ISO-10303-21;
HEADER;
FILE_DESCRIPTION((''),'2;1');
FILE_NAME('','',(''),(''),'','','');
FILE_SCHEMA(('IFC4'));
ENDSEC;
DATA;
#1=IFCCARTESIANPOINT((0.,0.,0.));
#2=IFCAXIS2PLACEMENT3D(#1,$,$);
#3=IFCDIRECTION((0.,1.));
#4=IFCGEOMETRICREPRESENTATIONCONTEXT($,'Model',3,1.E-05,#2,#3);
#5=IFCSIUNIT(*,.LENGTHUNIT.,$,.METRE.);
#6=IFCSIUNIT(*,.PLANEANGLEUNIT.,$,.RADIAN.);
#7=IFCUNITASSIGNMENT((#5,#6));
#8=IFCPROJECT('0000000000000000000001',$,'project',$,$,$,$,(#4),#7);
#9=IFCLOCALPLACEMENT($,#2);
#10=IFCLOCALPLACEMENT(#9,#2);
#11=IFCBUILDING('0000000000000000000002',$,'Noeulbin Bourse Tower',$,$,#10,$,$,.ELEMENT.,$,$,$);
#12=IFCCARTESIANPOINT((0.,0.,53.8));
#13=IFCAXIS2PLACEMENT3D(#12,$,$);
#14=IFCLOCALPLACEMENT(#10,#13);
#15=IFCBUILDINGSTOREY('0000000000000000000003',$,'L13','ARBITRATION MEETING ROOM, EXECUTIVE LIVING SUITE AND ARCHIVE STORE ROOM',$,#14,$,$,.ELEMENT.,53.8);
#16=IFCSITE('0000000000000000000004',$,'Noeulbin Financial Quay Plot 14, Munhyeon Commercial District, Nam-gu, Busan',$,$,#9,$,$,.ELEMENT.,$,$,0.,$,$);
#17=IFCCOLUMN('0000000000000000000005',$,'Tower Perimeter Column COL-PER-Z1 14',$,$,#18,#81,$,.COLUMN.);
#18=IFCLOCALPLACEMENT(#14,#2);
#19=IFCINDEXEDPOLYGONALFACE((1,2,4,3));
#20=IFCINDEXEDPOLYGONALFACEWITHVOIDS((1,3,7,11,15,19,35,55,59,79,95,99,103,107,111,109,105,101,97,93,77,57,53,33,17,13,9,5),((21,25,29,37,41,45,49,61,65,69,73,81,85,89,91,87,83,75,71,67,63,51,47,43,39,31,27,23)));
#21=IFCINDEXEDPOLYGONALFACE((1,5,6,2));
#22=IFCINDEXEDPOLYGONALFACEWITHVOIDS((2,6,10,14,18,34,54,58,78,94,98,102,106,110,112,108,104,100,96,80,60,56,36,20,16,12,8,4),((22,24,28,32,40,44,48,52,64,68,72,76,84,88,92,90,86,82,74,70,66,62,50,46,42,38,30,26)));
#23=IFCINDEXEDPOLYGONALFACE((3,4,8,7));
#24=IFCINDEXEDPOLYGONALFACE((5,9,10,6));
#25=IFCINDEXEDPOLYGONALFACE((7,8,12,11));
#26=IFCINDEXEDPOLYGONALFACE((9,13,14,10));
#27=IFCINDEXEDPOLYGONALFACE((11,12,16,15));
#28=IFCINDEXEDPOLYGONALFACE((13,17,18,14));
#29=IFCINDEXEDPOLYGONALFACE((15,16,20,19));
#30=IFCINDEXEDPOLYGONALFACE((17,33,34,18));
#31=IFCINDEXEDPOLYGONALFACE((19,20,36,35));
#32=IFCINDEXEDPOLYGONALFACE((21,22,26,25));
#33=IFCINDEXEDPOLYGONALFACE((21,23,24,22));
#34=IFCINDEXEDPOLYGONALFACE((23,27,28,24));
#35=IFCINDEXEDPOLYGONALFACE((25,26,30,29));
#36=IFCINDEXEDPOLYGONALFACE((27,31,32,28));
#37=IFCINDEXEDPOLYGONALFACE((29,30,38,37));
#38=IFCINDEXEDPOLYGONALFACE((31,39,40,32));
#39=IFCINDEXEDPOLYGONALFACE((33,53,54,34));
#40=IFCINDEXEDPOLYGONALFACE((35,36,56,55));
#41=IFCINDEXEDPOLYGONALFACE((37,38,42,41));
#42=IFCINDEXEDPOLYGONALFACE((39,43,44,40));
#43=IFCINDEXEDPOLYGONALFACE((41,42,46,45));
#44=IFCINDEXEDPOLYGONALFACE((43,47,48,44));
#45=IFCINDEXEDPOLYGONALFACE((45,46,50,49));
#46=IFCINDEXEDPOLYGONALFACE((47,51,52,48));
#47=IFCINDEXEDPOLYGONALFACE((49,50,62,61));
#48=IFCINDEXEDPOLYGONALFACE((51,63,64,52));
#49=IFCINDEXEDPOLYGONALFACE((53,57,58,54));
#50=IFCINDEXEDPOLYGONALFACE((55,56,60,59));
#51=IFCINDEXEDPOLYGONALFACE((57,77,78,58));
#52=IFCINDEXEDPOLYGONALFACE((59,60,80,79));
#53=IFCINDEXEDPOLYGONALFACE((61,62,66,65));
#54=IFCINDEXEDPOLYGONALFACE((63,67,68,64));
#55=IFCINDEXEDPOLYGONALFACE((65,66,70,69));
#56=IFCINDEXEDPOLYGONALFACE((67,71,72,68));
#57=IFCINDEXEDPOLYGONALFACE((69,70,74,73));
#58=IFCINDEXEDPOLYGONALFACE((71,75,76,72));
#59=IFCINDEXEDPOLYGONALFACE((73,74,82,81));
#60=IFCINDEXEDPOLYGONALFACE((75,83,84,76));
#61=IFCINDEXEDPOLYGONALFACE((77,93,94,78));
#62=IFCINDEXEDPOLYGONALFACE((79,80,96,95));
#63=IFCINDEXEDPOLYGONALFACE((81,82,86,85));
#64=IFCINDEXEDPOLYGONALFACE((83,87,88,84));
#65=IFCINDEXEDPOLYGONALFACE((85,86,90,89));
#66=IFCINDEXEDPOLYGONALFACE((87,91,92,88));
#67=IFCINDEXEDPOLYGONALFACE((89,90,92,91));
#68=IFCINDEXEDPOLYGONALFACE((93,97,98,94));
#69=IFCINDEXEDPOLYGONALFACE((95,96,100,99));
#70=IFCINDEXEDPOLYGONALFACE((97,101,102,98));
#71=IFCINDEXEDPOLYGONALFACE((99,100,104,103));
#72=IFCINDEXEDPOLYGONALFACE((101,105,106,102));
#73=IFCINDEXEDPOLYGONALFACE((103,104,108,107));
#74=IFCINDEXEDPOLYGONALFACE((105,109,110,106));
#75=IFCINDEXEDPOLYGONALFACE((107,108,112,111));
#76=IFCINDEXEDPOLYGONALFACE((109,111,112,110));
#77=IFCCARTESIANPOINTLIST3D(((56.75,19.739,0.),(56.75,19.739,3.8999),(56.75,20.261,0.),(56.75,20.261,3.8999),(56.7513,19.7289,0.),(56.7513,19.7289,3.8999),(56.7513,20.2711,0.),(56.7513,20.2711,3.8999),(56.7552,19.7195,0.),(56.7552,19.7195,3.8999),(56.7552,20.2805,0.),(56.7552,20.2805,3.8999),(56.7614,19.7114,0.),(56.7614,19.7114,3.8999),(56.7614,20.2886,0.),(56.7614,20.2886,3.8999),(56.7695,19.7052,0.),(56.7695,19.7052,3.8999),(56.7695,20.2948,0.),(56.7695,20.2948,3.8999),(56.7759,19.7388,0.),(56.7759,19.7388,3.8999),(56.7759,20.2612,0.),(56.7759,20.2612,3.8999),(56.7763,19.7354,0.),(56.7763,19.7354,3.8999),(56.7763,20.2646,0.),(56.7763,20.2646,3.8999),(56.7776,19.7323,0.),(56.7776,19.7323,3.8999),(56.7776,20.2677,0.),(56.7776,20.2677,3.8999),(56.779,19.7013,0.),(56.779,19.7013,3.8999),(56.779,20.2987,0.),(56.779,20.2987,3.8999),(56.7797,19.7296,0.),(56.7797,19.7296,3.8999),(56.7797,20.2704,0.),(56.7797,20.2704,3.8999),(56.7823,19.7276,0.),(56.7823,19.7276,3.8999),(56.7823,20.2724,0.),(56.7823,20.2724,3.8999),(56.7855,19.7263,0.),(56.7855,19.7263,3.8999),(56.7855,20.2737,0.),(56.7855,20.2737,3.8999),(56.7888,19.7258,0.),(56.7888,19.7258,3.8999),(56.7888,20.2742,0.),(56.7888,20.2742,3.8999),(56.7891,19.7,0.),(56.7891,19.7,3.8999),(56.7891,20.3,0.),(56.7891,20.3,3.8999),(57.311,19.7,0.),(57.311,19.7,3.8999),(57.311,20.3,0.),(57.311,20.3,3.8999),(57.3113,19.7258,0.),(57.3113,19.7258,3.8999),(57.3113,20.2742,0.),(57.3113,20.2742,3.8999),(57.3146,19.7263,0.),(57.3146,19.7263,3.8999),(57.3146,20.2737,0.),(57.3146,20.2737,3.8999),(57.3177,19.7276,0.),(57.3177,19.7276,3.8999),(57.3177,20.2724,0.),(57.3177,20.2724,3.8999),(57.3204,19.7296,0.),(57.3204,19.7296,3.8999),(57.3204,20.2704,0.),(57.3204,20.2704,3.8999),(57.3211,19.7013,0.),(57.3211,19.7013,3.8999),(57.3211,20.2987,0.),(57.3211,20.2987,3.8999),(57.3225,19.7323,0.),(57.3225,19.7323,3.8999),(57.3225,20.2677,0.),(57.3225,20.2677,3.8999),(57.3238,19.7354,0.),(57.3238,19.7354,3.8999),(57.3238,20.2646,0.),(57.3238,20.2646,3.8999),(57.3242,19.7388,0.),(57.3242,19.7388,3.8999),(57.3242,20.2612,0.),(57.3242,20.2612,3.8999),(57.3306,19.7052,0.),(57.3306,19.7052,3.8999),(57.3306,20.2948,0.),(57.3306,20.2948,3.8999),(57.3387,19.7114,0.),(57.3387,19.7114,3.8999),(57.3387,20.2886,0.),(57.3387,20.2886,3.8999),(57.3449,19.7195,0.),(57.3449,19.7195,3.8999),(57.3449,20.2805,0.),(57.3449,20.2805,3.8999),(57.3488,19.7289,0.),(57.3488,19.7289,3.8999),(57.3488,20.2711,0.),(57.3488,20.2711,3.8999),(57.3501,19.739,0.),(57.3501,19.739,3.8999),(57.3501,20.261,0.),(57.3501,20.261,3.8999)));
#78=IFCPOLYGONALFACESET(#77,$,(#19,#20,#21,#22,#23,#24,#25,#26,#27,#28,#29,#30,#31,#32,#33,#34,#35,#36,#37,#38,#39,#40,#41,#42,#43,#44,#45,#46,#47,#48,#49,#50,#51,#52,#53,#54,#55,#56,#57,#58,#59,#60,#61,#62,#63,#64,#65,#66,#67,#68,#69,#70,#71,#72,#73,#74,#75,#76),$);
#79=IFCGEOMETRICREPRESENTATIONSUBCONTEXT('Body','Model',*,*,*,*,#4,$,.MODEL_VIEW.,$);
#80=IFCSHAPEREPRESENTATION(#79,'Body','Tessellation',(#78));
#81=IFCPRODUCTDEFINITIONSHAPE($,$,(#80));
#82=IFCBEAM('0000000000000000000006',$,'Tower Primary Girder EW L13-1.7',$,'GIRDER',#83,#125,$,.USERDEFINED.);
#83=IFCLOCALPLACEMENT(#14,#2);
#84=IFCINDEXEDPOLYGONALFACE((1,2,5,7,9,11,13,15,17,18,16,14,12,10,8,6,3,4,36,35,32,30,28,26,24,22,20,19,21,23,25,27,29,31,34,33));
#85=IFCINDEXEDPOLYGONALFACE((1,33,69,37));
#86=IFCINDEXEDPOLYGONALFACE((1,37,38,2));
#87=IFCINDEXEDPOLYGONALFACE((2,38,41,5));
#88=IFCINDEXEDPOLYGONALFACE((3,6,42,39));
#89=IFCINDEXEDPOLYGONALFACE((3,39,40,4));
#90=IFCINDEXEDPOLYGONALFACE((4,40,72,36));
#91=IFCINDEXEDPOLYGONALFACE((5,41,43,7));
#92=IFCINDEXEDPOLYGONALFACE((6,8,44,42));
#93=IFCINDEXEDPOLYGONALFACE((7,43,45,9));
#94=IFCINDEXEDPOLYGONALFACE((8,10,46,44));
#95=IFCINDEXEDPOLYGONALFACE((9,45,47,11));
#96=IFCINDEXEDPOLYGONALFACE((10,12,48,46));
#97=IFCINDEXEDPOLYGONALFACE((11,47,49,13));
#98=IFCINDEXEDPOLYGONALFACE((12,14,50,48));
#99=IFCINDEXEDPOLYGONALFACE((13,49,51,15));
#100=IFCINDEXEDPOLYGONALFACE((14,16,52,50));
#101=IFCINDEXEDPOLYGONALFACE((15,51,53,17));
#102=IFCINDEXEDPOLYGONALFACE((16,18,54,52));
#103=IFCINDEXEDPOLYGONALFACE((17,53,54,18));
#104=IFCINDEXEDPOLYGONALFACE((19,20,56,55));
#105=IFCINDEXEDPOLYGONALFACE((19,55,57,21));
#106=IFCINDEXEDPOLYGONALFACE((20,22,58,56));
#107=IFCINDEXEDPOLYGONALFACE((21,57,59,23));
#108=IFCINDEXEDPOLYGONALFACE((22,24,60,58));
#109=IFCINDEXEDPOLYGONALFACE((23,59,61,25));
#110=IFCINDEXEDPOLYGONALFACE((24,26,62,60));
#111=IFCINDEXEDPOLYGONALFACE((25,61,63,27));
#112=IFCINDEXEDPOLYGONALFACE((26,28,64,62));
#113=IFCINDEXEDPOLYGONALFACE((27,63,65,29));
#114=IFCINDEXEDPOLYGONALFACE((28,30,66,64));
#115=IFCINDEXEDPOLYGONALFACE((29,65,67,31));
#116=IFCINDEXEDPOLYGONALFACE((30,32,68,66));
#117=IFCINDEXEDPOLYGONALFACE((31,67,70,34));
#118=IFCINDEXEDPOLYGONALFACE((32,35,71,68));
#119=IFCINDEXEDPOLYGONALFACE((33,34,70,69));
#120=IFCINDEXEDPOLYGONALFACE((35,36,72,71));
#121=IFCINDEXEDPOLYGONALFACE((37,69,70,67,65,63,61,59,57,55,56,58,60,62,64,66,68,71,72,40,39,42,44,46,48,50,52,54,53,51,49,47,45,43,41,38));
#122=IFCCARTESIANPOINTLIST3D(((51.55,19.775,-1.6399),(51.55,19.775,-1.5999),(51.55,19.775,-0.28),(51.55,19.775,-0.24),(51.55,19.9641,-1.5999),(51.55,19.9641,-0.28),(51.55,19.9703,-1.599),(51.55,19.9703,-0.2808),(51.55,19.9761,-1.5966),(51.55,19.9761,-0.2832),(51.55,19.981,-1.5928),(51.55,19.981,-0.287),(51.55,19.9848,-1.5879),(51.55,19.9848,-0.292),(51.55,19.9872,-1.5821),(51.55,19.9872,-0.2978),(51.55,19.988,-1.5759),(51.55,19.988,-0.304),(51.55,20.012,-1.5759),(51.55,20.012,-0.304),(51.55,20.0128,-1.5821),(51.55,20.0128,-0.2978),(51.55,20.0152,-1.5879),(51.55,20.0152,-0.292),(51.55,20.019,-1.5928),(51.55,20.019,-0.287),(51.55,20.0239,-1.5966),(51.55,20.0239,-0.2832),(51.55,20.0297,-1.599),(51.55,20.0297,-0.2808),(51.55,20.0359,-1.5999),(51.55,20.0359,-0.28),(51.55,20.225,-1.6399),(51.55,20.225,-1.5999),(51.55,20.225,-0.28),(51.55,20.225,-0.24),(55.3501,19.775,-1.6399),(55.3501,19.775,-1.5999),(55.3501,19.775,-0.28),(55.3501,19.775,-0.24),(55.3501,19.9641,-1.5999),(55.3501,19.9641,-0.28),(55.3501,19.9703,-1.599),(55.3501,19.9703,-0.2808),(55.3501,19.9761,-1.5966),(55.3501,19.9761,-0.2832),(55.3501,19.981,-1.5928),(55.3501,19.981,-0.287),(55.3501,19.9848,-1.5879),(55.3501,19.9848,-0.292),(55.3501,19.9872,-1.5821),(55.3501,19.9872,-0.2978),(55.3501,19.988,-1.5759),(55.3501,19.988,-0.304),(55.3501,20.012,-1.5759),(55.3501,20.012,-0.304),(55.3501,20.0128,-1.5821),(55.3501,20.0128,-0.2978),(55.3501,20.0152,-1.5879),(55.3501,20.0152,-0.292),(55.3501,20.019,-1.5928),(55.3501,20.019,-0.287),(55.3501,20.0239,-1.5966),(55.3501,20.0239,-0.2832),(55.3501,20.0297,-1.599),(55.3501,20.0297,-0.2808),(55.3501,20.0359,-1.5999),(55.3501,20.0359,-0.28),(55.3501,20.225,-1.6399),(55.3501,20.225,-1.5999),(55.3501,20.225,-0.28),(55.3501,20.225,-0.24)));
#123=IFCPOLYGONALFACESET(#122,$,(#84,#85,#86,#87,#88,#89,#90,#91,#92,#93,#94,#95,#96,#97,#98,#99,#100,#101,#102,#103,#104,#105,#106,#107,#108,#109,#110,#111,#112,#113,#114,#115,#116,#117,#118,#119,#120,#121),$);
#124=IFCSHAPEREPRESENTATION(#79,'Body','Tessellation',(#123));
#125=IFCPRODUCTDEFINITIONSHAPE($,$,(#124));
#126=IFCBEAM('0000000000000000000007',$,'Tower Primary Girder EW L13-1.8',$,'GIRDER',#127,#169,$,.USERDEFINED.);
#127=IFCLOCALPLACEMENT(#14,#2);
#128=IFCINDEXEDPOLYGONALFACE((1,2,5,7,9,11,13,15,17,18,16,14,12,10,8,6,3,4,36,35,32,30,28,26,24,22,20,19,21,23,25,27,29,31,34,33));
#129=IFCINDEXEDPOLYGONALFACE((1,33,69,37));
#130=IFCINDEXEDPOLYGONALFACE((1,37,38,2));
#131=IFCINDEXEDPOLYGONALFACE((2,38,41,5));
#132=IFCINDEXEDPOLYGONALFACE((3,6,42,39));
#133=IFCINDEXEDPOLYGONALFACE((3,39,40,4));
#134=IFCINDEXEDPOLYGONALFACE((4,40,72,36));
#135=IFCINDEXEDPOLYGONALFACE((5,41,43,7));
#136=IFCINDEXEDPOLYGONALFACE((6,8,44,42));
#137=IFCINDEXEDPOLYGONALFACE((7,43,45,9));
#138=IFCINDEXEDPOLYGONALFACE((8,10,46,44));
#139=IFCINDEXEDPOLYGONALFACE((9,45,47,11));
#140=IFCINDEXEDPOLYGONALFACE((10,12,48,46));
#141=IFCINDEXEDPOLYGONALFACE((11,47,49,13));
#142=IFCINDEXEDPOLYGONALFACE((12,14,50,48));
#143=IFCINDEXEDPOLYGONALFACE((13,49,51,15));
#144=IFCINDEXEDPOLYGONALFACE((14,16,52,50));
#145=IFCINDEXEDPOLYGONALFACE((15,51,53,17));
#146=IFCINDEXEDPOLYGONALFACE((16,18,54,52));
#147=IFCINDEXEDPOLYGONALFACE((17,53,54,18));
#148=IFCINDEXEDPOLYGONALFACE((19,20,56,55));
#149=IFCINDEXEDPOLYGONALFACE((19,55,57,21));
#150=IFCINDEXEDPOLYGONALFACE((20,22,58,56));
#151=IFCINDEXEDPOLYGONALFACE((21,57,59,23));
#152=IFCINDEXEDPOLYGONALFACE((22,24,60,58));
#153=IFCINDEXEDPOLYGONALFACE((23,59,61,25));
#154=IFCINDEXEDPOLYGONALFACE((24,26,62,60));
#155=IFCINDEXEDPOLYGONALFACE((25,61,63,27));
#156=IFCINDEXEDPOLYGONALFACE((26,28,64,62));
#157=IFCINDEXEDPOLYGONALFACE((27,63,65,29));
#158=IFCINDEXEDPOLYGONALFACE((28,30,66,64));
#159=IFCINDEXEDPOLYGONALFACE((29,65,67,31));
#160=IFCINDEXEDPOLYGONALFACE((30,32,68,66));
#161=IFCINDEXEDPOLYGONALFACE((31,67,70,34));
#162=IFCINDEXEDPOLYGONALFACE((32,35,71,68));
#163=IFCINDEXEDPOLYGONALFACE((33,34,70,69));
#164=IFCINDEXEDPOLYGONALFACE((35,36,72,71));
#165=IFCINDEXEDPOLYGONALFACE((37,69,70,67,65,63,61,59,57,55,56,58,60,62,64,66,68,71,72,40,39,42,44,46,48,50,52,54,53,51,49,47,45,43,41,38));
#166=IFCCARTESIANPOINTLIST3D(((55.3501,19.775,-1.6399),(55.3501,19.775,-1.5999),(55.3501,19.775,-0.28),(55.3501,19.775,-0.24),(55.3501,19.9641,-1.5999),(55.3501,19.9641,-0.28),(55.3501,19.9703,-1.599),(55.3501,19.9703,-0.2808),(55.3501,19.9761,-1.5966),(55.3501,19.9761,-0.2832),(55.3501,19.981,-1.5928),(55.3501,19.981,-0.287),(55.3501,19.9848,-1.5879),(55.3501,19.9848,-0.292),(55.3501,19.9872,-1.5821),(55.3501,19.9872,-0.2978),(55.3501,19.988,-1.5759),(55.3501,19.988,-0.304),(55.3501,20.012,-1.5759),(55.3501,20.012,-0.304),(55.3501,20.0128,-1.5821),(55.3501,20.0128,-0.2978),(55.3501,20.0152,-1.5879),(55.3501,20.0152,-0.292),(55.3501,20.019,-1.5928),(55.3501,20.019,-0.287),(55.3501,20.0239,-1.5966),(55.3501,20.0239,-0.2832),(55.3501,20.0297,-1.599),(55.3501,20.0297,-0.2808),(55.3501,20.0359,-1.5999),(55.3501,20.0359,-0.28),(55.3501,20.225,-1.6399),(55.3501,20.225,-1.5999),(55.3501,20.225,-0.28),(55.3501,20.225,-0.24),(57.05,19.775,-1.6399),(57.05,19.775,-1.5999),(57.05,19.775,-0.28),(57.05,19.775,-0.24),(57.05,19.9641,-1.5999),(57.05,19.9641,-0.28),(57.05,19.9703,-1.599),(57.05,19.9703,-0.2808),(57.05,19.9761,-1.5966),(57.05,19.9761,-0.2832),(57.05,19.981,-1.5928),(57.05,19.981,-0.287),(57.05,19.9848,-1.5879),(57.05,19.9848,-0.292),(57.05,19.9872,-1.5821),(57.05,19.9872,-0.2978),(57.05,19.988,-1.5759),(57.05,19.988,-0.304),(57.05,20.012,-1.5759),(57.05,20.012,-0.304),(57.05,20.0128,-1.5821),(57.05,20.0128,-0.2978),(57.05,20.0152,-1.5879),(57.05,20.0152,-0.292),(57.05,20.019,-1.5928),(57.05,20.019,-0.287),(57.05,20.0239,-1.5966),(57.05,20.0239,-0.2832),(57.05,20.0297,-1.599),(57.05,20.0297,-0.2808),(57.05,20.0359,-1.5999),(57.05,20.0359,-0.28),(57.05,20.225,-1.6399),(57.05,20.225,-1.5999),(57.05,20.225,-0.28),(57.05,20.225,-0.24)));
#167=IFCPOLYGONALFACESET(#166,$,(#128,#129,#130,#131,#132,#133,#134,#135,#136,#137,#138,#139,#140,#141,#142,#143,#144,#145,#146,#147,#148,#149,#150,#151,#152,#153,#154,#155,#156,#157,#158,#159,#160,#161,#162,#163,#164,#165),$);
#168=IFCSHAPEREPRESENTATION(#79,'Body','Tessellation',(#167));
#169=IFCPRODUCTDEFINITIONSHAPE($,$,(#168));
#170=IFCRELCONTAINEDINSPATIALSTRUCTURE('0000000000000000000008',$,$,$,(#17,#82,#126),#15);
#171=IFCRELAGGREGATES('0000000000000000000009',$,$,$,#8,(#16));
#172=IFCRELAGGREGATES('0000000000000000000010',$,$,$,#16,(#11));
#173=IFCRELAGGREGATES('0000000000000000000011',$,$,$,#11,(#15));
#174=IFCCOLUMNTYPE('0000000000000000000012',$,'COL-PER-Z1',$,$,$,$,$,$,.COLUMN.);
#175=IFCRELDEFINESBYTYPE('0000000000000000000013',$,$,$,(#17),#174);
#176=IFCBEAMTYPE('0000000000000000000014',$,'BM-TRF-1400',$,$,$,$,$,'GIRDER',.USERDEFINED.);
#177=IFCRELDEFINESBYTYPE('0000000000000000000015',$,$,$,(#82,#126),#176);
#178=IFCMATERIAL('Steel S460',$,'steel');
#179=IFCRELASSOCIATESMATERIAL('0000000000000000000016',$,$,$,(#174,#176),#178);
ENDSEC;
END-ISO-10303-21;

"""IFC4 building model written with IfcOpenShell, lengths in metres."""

from ifc_helpers import new_model, si_unit, direction, frame, origin, origin_2d, place, context, subcontext, project, spatial, hollow_rectangle, i_section, extrude, material, material_profile, profile_set, type_object, element, save


model = new_model("IFC4")

# Units and contexts
model_context = context("Model", 3, precision=1e-05, world=origin(), true_north=direction((0.0, 1.0)))
body_context = subcontext(model_context, "Body", "Model", "MODEL_VIEW")
ifc_project = project(units=[si_unit("LENGTHUNIT", "METRE"), si_unit("PLANEANGLEUNIT", "RADIAN")], contexts=[model_context])

# Site, building, storey
site_placement = place(None, origin())
site = spatial("IfcSite", under=ifc_project, at=site_placement, Name="Noeulbin Financial Quay Plot 14, Munhyeon Commercial District, Nam-gu, Busan", CompositionType="ELEMENT", RefElevation=0.0)
building_placement = place(site_placement, origin())
building = spatial("IfcBuilding", under=site, at=building_placement, Name="Noeulbin Bourse Tower", CompositionType="ELEMENT")
storey_placement = place(building_placement, frame((0.0, 0.0, 53.8)))
storey = spatial("IfcBuildingStorey", under=building, at=storey_placement, Name="L13", Description="ARBITRATION MEETING ROOM, EXECUTIVE LIVING SUITE AND ARCHIVE STORE ROOM", CompositionType="ELEMENT", Elevation=53.8)

# Column
ifc_material_1 = material(Name="Steel S460", Category="steel")
ifc_material_profile_1 = material_profile(ifc_material_1, hollow_rectangle(XDim=0.6001, YDim=0.6001, WallThickness=0.0259, InnerFilletRadius=0.0129, OuterFilletRadius=0.0391, at=origin_2d()), Name="BOX-600x600x26", Category="LoadBearing")
ifc_profile_set_1 = profile_set([ifc_material_profile_1], Name="Steel S460")
column_type = type_object("IfcColumnType", Name="COL-PER-Z1", PredefinedType="COLUMN", material=ifc_profile_set_1)
column_placement = place(storey_placement, frame((57.05, 20.0, 0.0), z_axis=(0.0, 0.0, 1.0), x_axis=(1.0, 0.0, 0.0)))
element("IfcColumn", 1, at=column_placement, inside=storey, type_object=column_type, Name="Tower Perimeter Column COL-PER-Z1 14", PredefinedType="COLUMN", context=body_context, shape_type="SweptSolid", body=[
    extrude(hollow_rectangle(XDim=0.6001, YDim=0.6001, WallThickness=0.0259, InnerFilletRadius=0.0129, OuterFilletRadius=0.0391, at=origin_2d()), origin(), (0.0, 0.0, 1.0), 3.8999),
])

# Beams
ifc_material_profile_2 = material_profile(ifc_material_1, i_section(OverallWidth=0.45, OverallDepth=1.3999, WebThickness=0.0239, FlangeThickness=0.04, FilletRadius=0.0239, at=origin_2d()), Name="PG-1400x450x24x40", Category="LoadBearing")
ifc_profile_set_2 = profile_set([ifc_material_profile_2], Name="Steel S460")
beam_type = type_object("IfcBeamType", Name="BM-TRF-1400", ElementType="GIRDER", PredefinedType="USERDEFINED", material=ifc_profile_set_2)
beam_1_placement = place(storey_placement, frame((51.55, 20.0, -0.9399), z_axis=(1.0, 0.0, 0.0), x_axis=(0.0, 1.0, 0.0)))
element("IfcBeam", 2, at=beam_1_placement, inside=storey, type_object=beam_type, Name="Tower Primary Girder EW L13-1.7", ObjectType="GIRDER", PredefinedType="USERDEFINED", context=body_context, shape_type="SweptSolid", body=[
    extrude(i_section(OverallWidth=0.45, OverallDepth=1.3999, WebThickness=0.0239, FlangeThickness=0.04, FilletRadius=0.0239, at=origin_2d()), origin(), (0.0, 0.0, 1.0), 3.8),
])
beam_2_placement = place(storey_placement, frame((55.3501, 20.0, -0.9399), z_axis=(1.0, 0.0, 0.0), x_axis=(0.0, 1.0, 0.0)))
element("IfcBeam", 3, at=beam_2_placement, inside=storey, type_object=beam_type, Name="Tower Primary Girder EW L13-1.8", ObjectType="GIRDER", PredefinedType="USERDEFINED", context=body_context, shape_type="SweptSolid", body=[
    extrude(i_section(OverallWidth=0.45, OverallDepth=1.3999, WebThickness=0.0239, FlangeThickness=0.04, FilletRadius=0.0239, at=origin_2d()), origin(), (0.0, 0.0, 1.0), 1.7),
])

save(model, "model.ifc")
